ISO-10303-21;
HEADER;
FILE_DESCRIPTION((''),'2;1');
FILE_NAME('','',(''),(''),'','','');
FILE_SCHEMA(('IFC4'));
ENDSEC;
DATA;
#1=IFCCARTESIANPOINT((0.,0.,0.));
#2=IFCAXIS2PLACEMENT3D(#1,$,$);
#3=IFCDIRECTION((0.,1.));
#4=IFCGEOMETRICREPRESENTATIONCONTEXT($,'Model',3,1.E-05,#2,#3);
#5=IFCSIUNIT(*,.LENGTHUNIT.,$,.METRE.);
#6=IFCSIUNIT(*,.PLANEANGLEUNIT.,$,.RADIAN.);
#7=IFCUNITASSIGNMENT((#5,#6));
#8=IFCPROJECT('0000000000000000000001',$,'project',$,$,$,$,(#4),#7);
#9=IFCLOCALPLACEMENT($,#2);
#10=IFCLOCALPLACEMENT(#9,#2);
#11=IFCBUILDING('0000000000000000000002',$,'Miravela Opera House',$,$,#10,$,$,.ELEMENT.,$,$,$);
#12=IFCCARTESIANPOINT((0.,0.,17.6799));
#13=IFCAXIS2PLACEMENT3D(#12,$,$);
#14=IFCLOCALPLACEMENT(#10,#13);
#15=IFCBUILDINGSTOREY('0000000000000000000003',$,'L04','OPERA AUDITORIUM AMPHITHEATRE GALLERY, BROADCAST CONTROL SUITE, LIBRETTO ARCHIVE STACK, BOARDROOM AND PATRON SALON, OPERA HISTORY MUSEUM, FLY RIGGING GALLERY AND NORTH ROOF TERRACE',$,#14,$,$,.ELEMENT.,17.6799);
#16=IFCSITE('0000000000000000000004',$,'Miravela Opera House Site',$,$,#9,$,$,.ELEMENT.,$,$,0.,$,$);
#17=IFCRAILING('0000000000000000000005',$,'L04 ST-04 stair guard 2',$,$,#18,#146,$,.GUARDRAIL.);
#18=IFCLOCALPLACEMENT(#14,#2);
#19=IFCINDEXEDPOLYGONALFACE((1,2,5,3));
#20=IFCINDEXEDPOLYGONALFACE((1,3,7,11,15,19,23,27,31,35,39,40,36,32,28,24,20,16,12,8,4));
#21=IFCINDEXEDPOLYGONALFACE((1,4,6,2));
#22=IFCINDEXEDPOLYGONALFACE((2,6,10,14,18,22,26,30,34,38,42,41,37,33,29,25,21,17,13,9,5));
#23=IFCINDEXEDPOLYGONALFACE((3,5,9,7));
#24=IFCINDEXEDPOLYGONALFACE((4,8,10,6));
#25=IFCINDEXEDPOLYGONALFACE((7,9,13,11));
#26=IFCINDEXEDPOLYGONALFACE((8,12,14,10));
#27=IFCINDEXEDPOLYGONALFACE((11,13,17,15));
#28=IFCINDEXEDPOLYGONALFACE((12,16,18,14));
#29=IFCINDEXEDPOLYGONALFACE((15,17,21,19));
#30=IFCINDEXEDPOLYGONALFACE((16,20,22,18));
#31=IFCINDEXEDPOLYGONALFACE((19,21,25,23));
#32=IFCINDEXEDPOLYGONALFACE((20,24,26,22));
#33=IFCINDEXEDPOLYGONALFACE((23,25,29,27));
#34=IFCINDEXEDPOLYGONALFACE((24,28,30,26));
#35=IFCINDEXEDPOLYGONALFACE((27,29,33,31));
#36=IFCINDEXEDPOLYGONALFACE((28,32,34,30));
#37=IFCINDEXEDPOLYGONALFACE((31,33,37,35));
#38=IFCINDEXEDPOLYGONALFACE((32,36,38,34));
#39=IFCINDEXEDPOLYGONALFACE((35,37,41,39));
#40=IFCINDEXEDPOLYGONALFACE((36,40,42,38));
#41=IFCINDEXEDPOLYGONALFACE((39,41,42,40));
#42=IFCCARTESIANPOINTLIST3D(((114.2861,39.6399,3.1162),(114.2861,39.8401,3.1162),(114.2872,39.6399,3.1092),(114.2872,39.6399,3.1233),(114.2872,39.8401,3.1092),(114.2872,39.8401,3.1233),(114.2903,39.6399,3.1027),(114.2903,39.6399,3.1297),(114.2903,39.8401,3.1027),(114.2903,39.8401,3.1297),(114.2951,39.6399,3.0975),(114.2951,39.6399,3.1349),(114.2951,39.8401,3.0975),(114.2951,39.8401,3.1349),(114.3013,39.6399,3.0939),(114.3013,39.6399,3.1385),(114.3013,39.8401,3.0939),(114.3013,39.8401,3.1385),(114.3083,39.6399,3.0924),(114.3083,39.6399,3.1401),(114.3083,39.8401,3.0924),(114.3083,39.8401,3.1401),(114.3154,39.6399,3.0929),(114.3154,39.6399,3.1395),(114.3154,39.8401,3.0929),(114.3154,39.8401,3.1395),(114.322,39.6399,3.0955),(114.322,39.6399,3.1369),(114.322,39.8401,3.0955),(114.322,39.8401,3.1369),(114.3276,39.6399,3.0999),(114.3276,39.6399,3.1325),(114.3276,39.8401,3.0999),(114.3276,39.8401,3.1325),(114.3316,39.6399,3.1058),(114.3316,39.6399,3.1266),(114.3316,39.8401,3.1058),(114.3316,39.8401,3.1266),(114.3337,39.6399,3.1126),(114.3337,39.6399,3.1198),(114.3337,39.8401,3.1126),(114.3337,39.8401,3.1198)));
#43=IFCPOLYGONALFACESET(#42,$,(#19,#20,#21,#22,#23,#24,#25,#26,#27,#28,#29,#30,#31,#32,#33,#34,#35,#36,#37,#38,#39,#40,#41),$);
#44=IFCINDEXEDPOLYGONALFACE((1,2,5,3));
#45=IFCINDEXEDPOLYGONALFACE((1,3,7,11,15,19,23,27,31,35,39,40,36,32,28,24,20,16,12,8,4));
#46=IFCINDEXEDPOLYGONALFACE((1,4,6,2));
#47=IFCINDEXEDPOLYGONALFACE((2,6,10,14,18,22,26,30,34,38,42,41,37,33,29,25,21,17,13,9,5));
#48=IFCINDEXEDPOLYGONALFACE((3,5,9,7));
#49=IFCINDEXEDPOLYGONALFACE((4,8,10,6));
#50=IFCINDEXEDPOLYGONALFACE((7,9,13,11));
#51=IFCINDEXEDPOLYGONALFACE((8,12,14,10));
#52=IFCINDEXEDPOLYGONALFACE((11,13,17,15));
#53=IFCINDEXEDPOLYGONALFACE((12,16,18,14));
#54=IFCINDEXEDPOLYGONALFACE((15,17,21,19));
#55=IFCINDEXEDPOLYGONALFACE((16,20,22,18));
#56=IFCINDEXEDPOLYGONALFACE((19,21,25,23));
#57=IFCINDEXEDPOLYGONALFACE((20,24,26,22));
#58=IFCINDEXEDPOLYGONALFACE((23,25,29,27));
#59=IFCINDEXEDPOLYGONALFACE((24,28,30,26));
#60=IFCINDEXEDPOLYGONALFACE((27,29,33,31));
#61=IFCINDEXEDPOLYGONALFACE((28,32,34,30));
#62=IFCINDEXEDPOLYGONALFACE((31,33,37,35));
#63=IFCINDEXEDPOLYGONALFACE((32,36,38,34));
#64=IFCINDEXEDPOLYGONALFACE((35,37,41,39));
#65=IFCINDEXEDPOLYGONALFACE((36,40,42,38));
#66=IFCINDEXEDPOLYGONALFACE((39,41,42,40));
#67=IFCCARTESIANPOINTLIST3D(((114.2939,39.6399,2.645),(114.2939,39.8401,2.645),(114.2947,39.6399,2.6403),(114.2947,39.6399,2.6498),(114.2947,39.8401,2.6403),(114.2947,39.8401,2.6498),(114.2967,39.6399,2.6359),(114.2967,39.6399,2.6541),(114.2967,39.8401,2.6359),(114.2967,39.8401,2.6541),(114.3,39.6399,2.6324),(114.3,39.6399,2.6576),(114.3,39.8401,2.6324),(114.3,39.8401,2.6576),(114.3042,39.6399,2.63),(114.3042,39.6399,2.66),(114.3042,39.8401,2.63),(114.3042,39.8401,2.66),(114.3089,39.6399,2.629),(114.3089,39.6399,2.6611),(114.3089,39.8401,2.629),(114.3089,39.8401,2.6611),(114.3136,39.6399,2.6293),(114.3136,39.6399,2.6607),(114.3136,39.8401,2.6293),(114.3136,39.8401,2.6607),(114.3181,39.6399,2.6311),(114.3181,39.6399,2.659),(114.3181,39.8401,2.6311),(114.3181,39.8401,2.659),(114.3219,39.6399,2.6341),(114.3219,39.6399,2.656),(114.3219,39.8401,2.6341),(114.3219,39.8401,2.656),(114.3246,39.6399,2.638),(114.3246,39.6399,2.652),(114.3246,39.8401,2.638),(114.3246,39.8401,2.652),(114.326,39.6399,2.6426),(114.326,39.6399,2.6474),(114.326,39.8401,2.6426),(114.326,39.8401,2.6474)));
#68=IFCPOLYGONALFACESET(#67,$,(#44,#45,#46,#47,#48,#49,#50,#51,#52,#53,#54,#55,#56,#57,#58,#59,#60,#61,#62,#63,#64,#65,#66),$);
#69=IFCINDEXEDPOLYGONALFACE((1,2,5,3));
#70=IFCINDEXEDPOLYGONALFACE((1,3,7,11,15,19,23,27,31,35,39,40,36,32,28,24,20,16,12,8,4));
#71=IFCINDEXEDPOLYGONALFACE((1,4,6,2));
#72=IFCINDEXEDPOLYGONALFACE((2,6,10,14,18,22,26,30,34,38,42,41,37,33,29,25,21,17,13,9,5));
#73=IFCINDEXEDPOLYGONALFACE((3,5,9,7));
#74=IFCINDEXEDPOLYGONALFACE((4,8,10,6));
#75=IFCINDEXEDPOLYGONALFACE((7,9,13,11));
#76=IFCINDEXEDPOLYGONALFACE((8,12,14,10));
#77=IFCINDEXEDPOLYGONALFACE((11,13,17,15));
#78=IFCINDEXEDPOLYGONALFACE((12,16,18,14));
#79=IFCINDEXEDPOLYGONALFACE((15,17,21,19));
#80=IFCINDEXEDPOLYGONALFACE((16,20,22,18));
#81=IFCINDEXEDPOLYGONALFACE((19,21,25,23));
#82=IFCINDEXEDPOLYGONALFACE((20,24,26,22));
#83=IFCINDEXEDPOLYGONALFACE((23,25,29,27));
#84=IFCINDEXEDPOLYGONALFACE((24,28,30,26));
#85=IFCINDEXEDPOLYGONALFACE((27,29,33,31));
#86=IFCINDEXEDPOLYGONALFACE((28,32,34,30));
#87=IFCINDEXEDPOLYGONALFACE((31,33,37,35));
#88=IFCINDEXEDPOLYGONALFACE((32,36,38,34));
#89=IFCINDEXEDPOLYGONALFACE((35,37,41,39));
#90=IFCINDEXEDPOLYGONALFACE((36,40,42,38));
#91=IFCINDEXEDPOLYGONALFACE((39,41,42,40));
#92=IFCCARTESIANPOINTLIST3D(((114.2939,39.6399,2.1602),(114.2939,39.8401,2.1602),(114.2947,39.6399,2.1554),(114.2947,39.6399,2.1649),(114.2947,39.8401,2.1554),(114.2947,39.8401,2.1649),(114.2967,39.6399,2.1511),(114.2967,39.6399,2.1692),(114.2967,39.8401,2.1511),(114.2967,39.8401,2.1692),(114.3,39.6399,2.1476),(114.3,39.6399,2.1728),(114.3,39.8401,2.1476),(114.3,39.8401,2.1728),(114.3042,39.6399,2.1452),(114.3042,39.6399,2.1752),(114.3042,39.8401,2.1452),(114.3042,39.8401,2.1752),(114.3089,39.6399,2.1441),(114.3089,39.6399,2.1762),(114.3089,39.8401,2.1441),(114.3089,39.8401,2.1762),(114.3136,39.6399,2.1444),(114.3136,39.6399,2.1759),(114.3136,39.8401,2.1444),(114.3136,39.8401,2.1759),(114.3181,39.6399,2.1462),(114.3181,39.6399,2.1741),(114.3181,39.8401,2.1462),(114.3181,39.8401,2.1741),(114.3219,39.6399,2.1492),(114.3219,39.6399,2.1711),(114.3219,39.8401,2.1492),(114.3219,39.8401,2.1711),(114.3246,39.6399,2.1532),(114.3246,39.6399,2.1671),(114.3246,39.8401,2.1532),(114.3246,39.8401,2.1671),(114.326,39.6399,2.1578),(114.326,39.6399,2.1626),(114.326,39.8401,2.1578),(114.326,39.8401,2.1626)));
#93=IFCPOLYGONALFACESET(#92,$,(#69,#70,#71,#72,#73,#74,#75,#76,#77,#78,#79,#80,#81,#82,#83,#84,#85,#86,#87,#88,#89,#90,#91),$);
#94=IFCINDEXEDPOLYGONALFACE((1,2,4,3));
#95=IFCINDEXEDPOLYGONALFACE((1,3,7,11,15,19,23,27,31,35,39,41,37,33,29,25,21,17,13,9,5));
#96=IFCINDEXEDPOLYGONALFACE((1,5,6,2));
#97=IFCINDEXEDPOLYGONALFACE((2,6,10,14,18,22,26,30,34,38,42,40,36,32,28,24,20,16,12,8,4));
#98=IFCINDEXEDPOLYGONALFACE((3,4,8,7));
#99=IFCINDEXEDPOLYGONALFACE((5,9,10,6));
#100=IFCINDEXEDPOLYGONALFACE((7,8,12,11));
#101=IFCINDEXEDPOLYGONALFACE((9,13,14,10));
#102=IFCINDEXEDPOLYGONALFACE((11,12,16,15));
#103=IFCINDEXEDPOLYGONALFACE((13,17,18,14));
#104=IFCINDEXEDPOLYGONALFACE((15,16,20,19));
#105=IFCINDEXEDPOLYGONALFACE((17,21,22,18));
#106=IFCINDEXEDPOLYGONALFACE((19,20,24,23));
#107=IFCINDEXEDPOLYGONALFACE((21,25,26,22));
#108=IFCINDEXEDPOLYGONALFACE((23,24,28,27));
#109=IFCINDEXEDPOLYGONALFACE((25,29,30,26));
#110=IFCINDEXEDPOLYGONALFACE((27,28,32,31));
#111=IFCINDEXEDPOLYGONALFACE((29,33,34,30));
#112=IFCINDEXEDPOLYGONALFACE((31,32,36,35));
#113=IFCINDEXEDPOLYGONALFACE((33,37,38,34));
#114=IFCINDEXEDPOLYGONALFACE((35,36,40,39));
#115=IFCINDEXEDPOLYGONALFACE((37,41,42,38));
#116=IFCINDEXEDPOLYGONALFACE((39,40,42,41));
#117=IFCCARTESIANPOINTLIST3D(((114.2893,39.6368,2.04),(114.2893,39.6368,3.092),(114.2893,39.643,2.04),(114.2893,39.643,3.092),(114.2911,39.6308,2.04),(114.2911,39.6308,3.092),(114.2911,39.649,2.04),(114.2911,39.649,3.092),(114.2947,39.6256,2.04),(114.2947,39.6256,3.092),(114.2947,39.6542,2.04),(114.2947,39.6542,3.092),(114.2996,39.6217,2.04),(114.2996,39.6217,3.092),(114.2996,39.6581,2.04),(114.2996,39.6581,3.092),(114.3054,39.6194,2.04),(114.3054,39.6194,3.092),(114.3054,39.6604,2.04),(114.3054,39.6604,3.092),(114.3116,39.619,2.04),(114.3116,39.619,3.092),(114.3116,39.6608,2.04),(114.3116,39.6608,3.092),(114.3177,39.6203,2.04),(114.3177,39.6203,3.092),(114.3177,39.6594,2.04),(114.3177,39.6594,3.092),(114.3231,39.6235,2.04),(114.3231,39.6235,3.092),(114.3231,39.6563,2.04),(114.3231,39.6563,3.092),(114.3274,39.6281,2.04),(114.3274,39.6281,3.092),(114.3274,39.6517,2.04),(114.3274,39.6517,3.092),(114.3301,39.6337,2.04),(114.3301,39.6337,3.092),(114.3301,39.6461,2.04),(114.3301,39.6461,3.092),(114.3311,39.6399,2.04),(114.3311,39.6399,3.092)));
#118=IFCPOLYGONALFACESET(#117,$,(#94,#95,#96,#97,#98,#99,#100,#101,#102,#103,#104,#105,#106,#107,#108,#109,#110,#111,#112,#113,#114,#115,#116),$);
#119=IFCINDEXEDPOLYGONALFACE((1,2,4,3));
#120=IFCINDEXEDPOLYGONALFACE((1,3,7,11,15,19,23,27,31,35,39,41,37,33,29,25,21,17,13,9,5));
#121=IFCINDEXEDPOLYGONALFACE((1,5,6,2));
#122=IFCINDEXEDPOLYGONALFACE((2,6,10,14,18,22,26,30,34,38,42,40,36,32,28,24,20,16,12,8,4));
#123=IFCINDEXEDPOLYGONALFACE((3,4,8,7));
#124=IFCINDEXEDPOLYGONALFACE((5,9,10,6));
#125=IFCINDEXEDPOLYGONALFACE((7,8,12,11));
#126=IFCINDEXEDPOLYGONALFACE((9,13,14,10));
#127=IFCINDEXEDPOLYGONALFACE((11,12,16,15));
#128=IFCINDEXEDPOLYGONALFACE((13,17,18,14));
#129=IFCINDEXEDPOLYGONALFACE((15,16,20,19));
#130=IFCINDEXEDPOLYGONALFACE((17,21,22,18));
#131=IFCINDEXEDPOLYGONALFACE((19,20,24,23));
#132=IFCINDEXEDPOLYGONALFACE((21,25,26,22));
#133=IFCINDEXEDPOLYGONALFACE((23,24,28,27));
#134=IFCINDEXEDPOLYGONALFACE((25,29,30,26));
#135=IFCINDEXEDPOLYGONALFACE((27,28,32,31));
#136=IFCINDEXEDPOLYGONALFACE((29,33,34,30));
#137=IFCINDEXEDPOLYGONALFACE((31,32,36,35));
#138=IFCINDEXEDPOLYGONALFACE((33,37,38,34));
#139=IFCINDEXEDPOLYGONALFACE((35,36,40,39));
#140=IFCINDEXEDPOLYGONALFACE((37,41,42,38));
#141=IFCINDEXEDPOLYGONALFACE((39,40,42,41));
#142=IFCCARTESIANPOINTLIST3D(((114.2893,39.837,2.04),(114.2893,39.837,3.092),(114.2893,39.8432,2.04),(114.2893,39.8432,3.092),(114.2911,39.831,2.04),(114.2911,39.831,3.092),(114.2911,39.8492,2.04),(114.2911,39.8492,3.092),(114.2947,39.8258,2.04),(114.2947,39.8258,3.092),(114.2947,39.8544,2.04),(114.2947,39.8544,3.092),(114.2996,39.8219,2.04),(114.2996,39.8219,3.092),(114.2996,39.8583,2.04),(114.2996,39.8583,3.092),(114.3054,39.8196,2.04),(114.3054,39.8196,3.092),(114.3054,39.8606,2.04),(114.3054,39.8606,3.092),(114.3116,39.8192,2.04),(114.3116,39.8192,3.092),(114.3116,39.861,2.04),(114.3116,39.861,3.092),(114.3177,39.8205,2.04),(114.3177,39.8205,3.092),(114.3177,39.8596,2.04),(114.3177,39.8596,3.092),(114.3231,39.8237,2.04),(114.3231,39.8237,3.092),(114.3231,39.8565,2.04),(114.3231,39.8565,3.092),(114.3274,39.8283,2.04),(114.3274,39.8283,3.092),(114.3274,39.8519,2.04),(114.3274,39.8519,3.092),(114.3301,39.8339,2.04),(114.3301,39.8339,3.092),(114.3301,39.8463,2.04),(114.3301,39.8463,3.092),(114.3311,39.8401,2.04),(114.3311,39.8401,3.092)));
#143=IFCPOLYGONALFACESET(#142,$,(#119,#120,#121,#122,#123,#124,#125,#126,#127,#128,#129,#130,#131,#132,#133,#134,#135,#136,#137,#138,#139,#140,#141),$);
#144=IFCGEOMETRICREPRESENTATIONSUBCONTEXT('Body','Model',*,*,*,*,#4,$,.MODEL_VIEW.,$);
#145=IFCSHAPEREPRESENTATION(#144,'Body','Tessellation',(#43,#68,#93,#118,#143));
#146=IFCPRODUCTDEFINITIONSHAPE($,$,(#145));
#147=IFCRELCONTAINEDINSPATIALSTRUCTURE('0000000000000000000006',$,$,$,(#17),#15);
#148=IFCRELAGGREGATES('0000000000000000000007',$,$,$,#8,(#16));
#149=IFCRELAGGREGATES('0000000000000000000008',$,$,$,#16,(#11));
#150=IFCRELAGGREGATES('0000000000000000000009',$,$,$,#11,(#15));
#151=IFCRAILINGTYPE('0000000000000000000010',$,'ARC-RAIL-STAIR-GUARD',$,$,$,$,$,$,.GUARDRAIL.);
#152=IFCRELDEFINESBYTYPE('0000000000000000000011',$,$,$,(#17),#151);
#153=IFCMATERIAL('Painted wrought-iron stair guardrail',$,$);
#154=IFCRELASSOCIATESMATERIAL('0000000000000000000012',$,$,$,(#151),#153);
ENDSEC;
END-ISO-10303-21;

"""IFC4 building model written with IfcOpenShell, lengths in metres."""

from ifc_helpers import new_model, si_unit, direction, frame, origin, origin_2d, place, context, subcontext, project, spatial, circle, extrude, material, type_object, element, save


model = new_model("IFC4")

# Units and contexts
model_context = context("Model", 3, precision=1e-05, world=origin(), true_north=direction((0.0, 1.0)))
body_context = subcontext(model_context, "Body", "Model", "MODEL_VIEW")
ifc_project = project(units=[si_unit("LENGTHUNIT", "METRE"), si_unit("PLANEANGLEUNIT", "RADIAN")], contexts=[model_context])

# Site, building, storey
site_placement = place(None, origin())
site = spatial("IfcSite", under=ifc_project, at=site_placement, Name="Miravela Opera House Site", CompositionType="ELEMENT", RefElevation=0.0)
building_placement = place(site_placement, origin())
building = spatial("IfcBuilding", under=site, at=building_placement, Name="Miravela Opera House", CompositionType="ELEMENT")
storey_placement = place(building_placement, frame((0.0, 0.0, 17.6799)))
storey = spatial("IfcBuildingStorey", under=building, at=storey_placement, Name="L04", Description="OPERA AUDITORIUM AMPHITHEATRE GALLERY, BROADCAST CONTROL SUITE, LIBRETTO ARCHIVE STACK, BOARDROOM AND PATRON SALON, OPERA HISTORY MUSEUM, FLY RIGGING GALLERY AND NORTH ROOF TERRACE", CompositionType="ELEMENT", Elevation=17.6799)

# Railing
ifc_material_1 = material(Name="Painted wrought-iron stair guardrail")
railing_type_1 = type_object("IfcRailingType", Name="ARC-RAIL-STAIR-GUARD", PredefinedType="GUARDRAIL", material=ifc_material_1)
railing_1_placement = place(storey_placement, frame((114.3101, 39.6399, 2.04)))
element("IfcRailing", 1, at=railing_1_placement, inside=storey, type_object=railing_type_1, Name="L04 ST-04 stair guard 2", PredefinedType="GUARDRAIL", context=body_context, shape_type="SweptSolid", body=[
    extrude(circle(Radius=0.0239, at=origin_2d()), frame((0.0, 0.0, 1.0762), z_axis=(0.0, 1.0, 0.0), x_axis=(-1.0, 0.0, 0.0)), (0.0, 0.0, 1.0), 0.2002),
    extrude(circle(Radius=0.0161, at=origin_2d()), frame((0.0, 0.0, 0.605), z_axis=(0.0, 1.0, 0.0), x_axis=(-1.0, 0.0, 0.0)), (0.0, 0.0, 1.0), 0.2002),
    extrude(circle(Radius=0.0161, at=origin_2d()), frame((0.0, 0.0, 0.1201), z_axis=(0.0, 1.0, 0.0), x_axis=(-1.0, 0.0, 0.0)), (0.0, 0.0, 1.0), 0.2002),
    extrude(circle(Radius=0.021, at=origin_2d()), origin(), (0.0, 0.0, 1.0), 1.052),
    extrude(circle(Radius=0.021, at=origin_2d()), frame((0.0, 0.2002, 0.0)), (0.0, 0.0, 1.0), 1.052),
])

save(model, "model.ifc")
